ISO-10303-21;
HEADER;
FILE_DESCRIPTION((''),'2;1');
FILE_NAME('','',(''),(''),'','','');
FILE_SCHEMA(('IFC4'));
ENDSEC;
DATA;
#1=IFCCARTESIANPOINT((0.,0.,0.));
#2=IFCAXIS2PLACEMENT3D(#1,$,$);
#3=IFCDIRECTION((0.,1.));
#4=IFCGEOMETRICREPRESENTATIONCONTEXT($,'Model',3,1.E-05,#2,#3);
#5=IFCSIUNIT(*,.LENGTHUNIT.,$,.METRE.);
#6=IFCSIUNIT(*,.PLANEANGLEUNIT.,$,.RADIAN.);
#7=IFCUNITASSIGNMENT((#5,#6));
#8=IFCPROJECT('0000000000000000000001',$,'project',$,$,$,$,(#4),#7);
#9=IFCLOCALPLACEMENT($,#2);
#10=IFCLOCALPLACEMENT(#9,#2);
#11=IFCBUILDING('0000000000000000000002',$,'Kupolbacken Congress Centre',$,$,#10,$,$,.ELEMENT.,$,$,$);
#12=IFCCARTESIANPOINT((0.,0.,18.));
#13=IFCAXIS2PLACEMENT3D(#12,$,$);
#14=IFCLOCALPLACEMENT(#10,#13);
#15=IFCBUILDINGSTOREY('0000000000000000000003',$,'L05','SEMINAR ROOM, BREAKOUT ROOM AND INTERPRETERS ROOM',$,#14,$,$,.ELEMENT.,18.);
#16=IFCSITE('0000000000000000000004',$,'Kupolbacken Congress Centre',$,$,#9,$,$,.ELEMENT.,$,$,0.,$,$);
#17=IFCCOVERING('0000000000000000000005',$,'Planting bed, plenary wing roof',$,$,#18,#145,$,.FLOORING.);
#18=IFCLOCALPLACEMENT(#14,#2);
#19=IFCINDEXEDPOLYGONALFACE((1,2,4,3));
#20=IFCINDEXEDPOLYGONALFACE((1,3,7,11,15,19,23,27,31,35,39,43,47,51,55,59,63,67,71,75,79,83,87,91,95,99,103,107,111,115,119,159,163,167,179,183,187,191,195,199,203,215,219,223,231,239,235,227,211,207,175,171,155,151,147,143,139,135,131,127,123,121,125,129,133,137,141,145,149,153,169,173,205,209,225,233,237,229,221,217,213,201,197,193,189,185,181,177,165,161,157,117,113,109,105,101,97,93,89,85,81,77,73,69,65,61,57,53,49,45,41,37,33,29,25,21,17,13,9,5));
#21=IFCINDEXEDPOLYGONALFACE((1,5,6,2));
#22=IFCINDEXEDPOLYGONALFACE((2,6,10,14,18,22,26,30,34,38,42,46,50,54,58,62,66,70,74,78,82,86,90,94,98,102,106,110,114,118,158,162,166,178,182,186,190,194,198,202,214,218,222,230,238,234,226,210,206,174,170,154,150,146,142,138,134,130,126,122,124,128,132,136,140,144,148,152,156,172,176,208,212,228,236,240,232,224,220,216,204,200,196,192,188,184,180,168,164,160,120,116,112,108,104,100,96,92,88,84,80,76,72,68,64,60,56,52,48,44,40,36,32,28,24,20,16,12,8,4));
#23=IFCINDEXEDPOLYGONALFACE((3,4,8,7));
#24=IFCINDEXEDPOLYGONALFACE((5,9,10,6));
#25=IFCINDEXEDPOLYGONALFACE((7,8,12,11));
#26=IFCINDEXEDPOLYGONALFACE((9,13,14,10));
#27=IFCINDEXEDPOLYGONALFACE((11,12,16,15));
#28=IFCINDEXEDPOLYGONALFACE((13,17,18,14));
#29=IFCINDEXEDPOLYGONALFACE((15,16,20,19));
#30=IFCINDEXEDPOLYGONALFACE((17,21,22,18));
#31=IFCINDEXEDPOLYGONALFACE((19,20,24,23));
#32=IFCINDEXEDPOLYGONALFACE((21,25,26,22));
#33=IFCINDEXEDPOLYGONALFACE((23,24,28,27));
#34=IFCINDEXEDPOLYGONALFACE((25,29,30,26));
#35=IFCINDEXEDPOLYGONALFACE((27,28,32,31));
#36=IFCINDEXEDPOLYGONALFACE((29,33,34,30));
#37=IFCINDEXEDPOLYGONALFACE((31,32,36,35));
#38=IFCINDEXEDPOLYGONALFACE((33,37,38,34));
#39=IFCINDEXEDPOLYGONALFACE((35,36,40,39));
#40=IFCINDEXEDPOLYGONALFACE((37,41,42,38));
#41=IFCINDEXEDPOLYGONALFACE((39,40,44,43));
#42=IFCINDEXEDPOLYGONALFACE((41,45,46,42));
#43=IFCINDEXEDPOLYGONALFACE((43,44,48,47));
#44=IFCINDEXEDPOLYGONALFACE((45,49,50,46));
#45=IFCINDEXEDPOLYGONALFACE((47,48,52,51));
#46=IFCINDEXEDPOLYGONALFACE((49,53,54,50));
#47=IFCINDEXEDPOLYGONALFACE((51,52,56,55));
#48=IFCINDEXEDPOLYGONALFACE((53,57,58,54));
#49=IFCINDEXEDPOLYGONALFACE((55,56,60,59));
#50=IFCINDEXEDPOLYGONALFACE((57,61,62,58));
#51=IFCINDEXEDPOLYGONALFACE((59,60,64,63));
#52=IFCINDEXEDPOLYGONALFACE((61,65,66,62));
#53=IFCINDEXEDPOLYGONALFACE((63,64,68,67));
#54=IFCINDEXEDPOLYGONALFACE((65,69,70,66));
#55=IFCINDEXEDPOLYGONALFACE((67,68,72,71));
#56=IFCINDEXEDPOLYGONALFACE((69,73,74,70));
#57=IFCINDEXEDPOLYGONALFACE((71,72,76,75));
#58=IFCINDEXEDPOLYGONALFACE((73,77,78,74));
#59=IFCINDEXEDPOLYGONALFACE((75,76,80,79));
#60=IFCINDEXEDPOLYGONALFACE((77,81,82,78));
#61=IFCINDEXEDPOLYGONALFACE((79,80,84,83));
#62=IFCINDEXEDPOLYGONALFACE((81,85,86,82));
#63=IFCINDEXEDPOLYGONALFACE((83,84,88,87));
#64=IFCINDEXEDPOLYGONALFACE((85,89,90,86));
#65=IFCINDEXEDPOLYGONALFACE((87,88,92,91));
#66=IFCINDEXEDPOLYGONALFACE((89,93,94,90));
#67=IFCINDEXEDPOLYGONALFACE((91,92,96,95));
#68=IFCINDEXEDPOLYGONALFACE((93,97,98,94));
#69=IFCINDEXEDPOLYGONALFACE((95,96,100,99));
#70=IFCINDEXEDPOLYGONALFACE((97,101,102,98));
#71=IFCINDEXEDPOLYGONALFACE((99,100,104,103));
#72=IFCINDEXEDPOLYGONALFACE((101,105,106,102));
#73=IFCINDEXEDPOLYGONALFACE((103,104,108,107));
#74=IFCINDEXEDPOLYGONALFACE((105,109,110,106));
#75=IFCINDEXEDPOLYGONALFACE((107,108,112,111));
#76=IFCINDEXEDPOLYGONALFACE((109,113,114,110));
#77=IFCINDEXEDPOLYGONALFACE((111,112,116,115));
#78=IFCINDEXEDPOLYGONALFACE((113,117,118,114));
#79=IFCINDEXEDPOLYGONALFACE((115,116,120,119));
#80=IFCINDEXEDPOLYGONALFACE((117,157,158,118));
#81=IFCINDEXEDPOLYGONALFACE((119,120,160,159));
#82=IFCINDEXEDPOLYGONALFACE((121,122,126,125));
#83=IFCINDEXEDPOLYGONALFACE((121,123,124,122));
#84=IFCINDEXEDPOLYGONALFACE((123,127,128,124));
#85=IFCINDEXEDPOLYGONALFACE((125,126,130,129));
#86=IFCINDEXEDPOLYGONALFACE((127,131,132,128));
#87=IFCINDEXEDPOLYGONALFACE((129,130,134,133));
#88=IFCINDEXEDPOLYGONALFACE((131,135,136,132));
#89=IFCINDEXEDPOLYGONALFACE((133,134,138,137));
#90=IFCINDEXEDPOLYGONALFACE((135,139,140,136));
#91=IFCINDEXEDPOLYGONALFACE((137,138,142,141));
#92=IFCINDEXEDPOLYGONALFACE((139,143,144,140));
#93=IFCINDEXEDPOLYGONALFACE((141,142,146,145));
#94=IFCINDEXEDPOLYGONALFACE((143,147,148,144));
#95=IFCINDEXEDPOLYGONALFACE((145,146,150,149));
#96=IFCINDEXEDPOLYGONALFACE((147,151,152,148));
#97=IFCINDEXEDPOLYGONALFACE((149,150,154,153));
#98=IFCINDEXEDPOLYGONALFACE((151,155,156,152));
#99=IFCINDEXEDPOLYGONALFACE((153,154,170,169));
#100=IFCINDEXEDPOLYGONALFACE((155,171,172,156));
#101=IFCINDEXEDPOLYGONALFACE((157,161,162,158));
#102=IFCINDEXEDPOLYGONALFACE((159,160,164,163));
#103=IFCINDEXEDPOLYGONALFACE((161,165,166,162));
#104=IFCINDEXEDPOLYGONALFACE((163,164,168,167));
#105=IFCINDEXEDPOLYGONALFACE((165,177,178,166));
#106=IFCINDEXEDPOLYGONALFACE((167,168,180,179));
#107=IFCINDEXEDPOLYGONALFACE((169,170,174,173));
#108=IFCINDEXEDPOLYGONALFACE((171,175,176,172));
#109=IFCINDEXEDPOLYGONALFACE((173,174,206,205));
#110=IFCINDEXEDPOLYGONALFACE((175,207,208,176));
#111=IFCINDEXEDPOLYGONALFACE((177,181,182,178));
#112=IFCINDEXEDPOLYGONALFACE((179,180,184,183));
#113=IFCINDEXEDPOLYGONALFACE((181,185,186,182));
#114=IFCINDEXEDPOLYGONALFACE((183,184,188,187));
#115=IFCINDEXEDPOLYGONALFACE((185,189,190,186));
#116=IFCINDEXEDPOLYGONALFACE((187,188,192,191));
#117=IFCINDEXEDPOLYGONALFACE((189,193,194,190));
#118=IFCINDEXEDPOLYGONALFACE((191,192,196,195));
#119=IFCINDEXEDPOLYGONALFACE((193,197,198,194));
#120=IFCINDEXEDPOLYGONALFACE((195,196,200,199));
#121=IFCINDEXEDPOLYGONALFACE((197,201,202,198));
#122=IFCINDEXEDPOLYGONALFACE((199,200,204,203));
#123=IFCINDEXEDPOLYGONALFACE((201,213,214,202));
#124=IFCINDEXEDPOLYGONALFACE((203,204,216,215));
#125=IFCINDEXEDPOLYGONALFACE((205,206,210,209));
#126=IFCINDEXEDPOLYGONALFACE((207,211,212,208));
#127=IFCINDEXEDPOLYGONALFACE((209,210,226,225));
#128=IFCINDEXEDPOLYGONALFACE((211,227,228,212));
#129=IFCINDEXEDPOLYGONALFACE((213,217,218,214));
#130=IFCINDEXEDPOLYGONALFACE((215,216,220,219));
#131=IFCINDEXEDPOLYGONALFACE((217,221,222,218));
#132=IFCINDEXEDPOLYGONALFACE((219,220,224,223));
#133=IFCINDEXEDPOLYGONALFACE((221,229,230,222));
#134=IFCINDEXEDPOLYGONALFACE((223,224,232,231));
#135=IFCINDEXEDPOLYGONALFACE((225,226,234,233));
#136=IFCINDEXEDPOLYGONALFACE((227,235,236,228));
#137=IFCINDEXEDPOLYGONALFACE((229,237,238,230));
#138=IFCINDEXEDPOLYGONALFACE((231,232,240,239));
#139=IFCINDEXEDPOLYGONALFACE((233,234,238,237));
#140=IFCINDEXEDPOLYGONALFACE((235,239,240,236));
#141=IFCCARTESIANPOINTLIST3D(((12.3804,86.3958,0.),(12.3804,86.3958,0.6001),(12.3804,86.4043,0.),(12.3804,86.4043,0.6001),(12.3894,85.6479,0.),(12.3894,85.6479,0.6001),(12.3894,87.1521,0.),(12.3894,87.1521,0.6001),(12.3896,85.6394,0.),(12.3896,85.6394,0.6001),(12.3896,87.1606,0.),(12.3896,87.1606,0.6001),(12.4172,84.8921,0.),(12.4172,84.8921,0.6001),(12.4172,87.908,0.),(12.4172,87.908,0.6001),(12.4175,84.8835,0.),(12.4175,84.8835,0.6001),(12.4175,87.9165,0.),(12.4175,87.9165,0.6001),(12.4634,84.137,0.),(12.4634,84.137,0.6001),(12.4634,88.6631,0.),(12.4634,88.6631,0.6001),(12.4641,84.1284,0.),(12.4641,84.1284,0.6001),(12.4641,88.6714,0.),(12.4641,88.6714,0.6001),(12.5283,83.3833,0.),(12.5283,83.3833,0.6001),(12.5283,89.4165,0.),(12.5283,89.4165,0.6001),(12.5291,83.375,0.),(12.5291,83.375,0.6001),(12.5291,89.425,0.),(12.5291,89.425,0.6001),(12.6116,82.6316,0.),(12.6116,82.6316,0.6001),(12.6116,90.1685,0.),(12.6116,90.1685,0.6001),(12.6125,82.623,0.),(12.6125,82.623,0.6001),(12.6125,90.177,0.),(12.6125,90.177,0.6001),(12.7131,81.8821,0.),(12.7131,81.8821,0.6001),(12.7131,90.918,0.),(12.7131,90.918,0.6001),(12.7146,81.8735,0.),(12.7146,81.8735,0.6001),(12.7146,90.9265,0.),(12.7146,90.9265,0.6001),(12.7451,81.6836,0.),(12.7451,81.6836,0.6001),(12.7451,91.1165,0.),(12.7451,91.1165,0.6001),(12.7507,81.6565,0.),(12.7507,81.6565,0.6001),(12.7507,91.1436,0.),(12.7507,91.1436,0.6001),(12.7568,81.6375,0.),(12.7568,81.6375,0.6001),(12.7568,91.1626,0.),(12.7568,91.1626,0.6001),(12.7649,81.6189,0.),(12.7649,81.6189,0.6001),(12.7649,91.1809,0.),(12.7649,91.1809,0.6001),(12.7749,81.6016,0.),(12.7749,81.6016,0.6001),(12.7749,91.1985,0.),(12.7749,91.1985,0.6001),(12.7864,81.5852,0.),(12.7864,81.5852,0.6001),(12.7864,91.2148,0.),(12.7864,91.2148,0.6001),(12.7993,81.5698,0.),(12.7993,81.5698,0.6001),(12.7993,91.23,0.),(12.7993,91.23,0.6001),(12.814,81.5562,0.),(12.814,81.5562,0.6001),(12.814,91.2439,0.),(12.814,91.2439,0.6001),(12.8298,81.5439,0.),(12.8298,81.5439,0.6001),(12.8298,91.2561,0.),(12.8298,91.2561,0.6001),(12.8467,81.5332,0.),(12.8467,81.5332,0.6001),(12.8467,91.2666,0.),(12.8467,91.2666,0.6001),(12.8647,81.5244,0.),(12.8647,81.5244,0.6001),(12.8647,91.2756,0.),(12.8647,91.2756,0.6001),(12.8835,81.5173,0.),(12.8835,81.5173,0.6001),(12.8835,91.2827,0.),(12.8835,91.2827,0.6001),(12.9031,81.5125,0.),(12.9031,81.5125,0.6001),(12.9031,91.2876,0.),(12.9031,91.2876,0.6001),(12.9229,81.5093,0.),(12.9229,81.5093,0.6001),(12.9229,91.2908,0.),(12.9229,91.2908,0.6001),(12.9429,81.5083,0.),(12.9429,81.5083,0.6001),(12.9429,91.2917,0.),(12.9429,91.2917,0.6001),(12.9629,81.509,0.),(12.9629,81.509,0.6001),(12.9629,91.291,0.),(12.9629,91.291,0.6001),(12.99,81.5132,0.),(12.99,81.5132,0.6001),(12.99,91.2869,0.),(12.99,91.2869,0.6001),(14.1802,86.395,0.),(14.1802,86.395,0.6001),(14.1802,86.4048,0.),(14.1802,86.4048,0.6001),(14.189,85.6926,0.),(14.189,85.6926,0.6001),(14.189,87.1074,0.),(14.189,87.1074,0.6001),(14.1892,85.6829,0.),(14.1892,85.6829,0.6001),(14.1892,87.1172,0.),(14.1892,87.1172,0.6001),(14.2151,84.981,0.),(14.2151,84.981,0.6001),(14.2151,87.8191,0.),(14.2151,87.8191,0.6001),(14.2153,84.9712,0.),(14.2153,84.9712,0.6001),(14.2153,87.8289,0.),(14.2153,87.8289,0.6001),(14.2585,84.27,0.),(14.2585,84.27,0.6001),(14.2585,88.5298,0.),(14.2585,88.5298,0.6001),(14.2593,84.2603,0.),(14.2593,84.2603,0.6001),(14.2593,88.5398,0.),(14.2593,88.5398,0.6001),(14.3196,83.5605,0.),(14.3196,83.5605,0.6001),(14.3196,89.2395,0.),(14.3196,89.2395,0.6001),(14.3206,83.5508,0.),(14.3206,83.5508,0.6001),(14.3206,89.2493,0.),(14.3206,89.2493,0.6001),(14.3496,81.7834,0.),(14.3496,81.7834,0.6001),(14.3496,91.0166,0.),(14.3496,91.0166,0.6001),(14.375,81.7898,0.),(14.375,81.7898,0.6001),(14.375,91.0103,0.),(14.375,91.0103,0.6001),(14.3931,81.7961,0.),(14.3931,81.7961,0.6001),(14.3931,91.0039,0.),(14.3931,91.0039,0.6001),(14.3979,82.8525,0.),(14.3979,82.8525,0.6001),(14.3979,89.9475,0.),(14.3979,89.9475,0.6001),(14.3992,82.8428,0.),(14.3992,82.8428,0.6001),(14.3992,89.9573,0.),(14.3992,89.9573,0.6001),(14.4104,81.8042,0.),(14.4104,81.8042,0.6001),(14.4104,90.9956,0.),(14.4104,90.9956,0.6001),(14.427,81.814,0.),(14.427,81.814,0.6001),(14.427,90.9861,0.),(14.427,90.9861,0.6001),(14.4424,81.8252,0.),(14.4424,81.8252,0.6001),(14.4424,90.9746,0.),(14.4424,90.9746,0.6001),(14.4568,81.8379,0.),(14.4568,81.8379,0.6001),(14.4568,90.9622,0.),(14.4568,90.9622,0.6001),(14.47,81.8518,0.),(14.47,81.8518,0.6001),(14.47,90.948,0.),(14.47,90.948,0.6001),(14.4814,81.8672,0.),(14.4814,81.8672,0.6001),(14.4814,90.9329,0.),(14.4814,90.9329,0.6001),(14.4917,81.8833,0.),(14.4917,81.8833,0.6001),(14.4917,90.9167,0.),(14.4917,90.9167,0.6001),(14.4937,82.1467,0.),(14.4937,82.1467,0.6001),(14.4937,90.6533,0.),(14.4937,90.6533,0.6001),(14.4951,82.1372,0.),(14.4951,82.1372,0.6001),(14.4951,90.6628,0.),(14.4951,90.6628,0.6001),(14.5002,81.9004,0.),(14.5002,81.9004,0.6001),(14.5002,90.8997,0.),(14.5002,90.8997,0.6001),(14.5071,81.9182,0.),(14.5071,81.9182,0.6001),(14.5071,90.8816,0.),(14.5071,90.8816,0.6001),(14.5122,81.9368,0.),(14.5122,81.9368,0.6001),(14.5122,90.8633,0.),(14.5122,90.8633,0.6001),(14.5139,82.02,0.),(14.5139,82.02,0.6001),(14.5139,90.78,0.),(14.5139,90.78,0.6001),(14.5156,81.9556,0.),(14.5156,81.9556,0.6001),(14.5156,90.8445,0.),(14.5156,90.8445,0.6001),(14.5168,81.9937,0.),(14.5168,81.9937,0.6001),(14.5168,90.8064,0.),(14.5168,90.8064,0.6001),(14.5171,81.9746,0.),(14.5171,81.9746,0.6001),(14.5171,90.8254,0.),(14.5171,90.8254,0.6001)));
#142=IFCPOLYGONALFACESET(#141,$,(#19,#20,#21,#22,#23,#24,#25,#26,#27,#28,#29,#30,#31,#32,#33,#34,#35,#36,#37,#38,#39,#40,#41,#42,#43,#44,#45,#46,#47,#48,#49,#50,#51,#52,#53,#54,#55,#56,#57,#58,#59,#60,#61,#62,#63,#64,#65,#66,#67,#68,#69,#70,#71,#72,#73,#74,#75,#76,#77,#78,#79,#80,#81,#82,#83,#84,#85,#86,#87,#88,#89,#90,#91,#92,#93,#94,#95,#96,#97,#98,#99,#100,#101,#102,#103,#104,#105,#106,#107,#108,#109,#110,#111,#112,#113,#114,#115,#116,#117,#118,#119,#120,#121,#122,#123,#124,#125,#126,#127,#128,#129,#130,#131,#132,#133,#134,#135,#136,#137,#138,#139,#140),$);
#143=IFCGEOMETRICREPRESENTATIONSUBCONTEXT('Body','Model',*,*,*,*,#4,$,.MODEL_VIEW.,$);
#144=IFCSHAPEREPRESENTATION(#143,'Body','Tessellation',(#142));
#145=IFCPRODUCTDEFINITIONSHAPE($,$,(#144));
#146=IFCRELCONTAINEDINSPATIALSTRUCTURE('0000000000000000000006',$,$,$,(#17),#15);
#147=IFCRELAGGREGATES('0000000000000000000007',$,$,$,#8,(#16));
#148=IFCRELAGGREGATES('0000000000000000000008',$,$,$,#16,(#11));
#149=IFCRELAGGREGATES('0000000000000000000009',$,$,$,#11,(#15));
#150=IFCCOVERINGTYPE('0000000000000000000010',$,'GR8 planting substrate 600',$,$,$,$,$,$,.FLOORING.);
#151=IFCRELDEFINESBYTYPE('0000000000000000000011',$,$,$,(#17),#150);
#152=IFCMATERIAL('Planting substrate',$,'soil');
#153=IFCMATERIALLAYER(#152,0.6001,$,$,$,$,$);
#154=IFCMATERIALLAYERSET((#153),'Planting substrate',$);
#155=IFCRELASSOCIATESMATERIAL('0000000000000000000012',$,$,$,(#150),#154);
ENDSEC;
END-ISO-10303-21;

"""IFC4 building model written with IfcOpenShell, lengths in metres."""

from ifc_helpers import new_model, si_unit, direction, frame, origin, place, context, subcontext, project, spatial, polyline, outline, extrude, material, layer, layer_set, type_object, element, save


model = new_model("IFC4")

# Units and contexts
model_context = context("Model", 3, precision=1e-05, world=origin(), true_north=direction((0.0, 1.0)))
body_context = subcontext(model_context, "Body", "Model", "MODEL_VIEW")
ifc_project = project(units=[si_unit("LENGTHUNIT", "METRE"), si_unit("PLANEANGLEUNIT", "RADIAN")], contexts=[model_context])

# Site, building, storey
site_placement = place(None, origin())
site = spatial("IfcSite", under=ifc_project, at=site_placement, Name="Kupolbacken Congress Centre", CompositionType="ELEMENT", RefElevation=0.0)
building_placement = place(site_placement, origin())
building = spatial("IfcBuilding", under=site, at=building_placement, Name="Kupolbacken Congress Centre", CompositionType="ELEMENT")
storey_placement = place(building_placement, frame((0.0, 0.0, 18.0)))
storey = spatial("IfcBuildingStorey", under=building, at=storey_placement, Name="L05", Description="SEMINAR ROOM, BREAKOUT ROOM AND INTERPRETERS ROOM", CompositionType="ELEMENT", Elevation=18.0)

# Covering
ifc_material_1 = material(Name="Planting substrate", Category="soil")
ifc_layer_1 = layer(ifc_material_1, 0.6001)
ifc_layer_set_1 = layer_set([ifc_layer_1], Name="Planting substrate")
covering_type_1 = type_object("IfcCoveringType", Name="GR8 planting substrate 600", PredefinedType="FLOORING", material=ifc_layer_set_1)
covering_1_placement = place(storey_placement, origin())
element("IfcCovering", 1, at=covering_1_placement, inside=storey, type_object=covering_type_1, Name="Planting bed, plenary wing roof", PredefinedType="FLOORING", context=body_context, shape_type="SweptSolid", body=[
    extrude(outline(polyline([(14.4951, 90.6628), (14.4937, 90.6533), (14.3992, 89.9573), (14.3979, 89.9475), (14.3206, 89.2493), (14.3196, 89.2395), (14.2593, 88.5398), (14.2585, 88.5298), (14.2153, 87.8289), (14.2151, 87.8191), (14.1892, 87.1172), (14.189, 87.1074), (14.1802, 86.4048), (14.1802, 86.395), (14.189, 85.6926), (14.1892, 85.6829), (14.2151, 84.981), (14.2153, 84.9712), (14.2585, 84.27), (14.2593, 84.2603), (14.3196, 83.5605), (14.3206, 83.5508), (14.3979, 82.8525), (14.3992, 82.8428), (14.4937, 82.1467), (14.4951, 82.1372), (14.5139, 82.02), (14.5168, 81.9937), (14.5171, 81.9746), (14.5156, 81.9556), (14.5122, 81.9368), (14.5071, 81.9182), (14.5002, 81.9004), (14.4917, 81.8833), (14.4814, 81.8672), (14.47, 81.8518), (14.4568, 81.8379), (14.4424, 81.8252), (14.427, 81.814), (14.4104, 81.8042), (14.3931, 81.7961), (14.375, 81.7898), (14.3496, 81.7834), (12.99, 81.5132), (12.9629, 81.509), (12.9429, 81.5083), (12.9229, 81.5093), (12.9031, 81.5125), (12.8835, 81.5173), (12.8647, 81.5244), (12.8467, 81.5332), (12.8298, 81.5439), (12.814, 81.5562), (12.7993, 81.5698), (12.7864, 81.5852), (12.7749, 81.6016), (12.7649, 81.6189), (12.7568, 81.6375), (12.7507, 81.6565), (12.7451, 81.6836), (12.7146, 81.8735), (12.7131, 81.8821), (12.6125, 82.623), (12.6116, 82.6316), (12.5291, 83.375), (12.5283, 83.3833), (12.4641, 84.1284), (12.4634, 84.137), (12.4175, 84.8835), (12.4172, 84.8921), (12.3896, 85.6394), (12.3894, 85.6479), (12.3804, 86.3958), (12.3804, 86.4043), (12.3894, 87.1521), (12.3896, 87.1606), (12.4172, 87.908), (12.4175, 87.9165), (12.4634, 88.6631), (12.4641, 88.6714), (12.5283, 89.4165), (12.5291, 89.425), (12.6116, 90.1685), (12.6125, 90.177), (12.7131, 90.918), (12.7146, 90.9265), (12.7451, 91.1165), (12.7507, 91.1436), (12.7568, 91.1626), (12.7649, 91.1809), (12.7749, 91.1985), (12.7864, 91.2148), (12.7993, 91.23), (12.814, 91.2439), (12.8298, 91.2561), (12.8467, 91.2666), (12.8647, 91.2756), (12.8835, 91.2827), (12.9031, 91.2876), (12.9229, 91.2908), (12.9429, 91.2917), (12.9629, 91.291), (12.99, 91.2869), (14.3496, 91.0166), (14.375, 91.0103), (14.3931, 91.0039), (14.4104, 90.9956), (14.427, 90.9861), (14.4424, 90.9746), (14.4568, 90.9622), (14.47, 90.948), (14.4814, 90.9329), (14.4917, 90.9167), (14.5002, 90.8997), (14.5071, 90.8816), (14.5122, 90.8633), (14.5156, 90.8445), (14.5171, 90.8254), (14.5168, 90.8064), (14.5139, 90.78), (14.4951, 90.6628)])), origin(), (0.0, 0.0, 1.0), 0.6001),
])

save(model, "model.ifc")
